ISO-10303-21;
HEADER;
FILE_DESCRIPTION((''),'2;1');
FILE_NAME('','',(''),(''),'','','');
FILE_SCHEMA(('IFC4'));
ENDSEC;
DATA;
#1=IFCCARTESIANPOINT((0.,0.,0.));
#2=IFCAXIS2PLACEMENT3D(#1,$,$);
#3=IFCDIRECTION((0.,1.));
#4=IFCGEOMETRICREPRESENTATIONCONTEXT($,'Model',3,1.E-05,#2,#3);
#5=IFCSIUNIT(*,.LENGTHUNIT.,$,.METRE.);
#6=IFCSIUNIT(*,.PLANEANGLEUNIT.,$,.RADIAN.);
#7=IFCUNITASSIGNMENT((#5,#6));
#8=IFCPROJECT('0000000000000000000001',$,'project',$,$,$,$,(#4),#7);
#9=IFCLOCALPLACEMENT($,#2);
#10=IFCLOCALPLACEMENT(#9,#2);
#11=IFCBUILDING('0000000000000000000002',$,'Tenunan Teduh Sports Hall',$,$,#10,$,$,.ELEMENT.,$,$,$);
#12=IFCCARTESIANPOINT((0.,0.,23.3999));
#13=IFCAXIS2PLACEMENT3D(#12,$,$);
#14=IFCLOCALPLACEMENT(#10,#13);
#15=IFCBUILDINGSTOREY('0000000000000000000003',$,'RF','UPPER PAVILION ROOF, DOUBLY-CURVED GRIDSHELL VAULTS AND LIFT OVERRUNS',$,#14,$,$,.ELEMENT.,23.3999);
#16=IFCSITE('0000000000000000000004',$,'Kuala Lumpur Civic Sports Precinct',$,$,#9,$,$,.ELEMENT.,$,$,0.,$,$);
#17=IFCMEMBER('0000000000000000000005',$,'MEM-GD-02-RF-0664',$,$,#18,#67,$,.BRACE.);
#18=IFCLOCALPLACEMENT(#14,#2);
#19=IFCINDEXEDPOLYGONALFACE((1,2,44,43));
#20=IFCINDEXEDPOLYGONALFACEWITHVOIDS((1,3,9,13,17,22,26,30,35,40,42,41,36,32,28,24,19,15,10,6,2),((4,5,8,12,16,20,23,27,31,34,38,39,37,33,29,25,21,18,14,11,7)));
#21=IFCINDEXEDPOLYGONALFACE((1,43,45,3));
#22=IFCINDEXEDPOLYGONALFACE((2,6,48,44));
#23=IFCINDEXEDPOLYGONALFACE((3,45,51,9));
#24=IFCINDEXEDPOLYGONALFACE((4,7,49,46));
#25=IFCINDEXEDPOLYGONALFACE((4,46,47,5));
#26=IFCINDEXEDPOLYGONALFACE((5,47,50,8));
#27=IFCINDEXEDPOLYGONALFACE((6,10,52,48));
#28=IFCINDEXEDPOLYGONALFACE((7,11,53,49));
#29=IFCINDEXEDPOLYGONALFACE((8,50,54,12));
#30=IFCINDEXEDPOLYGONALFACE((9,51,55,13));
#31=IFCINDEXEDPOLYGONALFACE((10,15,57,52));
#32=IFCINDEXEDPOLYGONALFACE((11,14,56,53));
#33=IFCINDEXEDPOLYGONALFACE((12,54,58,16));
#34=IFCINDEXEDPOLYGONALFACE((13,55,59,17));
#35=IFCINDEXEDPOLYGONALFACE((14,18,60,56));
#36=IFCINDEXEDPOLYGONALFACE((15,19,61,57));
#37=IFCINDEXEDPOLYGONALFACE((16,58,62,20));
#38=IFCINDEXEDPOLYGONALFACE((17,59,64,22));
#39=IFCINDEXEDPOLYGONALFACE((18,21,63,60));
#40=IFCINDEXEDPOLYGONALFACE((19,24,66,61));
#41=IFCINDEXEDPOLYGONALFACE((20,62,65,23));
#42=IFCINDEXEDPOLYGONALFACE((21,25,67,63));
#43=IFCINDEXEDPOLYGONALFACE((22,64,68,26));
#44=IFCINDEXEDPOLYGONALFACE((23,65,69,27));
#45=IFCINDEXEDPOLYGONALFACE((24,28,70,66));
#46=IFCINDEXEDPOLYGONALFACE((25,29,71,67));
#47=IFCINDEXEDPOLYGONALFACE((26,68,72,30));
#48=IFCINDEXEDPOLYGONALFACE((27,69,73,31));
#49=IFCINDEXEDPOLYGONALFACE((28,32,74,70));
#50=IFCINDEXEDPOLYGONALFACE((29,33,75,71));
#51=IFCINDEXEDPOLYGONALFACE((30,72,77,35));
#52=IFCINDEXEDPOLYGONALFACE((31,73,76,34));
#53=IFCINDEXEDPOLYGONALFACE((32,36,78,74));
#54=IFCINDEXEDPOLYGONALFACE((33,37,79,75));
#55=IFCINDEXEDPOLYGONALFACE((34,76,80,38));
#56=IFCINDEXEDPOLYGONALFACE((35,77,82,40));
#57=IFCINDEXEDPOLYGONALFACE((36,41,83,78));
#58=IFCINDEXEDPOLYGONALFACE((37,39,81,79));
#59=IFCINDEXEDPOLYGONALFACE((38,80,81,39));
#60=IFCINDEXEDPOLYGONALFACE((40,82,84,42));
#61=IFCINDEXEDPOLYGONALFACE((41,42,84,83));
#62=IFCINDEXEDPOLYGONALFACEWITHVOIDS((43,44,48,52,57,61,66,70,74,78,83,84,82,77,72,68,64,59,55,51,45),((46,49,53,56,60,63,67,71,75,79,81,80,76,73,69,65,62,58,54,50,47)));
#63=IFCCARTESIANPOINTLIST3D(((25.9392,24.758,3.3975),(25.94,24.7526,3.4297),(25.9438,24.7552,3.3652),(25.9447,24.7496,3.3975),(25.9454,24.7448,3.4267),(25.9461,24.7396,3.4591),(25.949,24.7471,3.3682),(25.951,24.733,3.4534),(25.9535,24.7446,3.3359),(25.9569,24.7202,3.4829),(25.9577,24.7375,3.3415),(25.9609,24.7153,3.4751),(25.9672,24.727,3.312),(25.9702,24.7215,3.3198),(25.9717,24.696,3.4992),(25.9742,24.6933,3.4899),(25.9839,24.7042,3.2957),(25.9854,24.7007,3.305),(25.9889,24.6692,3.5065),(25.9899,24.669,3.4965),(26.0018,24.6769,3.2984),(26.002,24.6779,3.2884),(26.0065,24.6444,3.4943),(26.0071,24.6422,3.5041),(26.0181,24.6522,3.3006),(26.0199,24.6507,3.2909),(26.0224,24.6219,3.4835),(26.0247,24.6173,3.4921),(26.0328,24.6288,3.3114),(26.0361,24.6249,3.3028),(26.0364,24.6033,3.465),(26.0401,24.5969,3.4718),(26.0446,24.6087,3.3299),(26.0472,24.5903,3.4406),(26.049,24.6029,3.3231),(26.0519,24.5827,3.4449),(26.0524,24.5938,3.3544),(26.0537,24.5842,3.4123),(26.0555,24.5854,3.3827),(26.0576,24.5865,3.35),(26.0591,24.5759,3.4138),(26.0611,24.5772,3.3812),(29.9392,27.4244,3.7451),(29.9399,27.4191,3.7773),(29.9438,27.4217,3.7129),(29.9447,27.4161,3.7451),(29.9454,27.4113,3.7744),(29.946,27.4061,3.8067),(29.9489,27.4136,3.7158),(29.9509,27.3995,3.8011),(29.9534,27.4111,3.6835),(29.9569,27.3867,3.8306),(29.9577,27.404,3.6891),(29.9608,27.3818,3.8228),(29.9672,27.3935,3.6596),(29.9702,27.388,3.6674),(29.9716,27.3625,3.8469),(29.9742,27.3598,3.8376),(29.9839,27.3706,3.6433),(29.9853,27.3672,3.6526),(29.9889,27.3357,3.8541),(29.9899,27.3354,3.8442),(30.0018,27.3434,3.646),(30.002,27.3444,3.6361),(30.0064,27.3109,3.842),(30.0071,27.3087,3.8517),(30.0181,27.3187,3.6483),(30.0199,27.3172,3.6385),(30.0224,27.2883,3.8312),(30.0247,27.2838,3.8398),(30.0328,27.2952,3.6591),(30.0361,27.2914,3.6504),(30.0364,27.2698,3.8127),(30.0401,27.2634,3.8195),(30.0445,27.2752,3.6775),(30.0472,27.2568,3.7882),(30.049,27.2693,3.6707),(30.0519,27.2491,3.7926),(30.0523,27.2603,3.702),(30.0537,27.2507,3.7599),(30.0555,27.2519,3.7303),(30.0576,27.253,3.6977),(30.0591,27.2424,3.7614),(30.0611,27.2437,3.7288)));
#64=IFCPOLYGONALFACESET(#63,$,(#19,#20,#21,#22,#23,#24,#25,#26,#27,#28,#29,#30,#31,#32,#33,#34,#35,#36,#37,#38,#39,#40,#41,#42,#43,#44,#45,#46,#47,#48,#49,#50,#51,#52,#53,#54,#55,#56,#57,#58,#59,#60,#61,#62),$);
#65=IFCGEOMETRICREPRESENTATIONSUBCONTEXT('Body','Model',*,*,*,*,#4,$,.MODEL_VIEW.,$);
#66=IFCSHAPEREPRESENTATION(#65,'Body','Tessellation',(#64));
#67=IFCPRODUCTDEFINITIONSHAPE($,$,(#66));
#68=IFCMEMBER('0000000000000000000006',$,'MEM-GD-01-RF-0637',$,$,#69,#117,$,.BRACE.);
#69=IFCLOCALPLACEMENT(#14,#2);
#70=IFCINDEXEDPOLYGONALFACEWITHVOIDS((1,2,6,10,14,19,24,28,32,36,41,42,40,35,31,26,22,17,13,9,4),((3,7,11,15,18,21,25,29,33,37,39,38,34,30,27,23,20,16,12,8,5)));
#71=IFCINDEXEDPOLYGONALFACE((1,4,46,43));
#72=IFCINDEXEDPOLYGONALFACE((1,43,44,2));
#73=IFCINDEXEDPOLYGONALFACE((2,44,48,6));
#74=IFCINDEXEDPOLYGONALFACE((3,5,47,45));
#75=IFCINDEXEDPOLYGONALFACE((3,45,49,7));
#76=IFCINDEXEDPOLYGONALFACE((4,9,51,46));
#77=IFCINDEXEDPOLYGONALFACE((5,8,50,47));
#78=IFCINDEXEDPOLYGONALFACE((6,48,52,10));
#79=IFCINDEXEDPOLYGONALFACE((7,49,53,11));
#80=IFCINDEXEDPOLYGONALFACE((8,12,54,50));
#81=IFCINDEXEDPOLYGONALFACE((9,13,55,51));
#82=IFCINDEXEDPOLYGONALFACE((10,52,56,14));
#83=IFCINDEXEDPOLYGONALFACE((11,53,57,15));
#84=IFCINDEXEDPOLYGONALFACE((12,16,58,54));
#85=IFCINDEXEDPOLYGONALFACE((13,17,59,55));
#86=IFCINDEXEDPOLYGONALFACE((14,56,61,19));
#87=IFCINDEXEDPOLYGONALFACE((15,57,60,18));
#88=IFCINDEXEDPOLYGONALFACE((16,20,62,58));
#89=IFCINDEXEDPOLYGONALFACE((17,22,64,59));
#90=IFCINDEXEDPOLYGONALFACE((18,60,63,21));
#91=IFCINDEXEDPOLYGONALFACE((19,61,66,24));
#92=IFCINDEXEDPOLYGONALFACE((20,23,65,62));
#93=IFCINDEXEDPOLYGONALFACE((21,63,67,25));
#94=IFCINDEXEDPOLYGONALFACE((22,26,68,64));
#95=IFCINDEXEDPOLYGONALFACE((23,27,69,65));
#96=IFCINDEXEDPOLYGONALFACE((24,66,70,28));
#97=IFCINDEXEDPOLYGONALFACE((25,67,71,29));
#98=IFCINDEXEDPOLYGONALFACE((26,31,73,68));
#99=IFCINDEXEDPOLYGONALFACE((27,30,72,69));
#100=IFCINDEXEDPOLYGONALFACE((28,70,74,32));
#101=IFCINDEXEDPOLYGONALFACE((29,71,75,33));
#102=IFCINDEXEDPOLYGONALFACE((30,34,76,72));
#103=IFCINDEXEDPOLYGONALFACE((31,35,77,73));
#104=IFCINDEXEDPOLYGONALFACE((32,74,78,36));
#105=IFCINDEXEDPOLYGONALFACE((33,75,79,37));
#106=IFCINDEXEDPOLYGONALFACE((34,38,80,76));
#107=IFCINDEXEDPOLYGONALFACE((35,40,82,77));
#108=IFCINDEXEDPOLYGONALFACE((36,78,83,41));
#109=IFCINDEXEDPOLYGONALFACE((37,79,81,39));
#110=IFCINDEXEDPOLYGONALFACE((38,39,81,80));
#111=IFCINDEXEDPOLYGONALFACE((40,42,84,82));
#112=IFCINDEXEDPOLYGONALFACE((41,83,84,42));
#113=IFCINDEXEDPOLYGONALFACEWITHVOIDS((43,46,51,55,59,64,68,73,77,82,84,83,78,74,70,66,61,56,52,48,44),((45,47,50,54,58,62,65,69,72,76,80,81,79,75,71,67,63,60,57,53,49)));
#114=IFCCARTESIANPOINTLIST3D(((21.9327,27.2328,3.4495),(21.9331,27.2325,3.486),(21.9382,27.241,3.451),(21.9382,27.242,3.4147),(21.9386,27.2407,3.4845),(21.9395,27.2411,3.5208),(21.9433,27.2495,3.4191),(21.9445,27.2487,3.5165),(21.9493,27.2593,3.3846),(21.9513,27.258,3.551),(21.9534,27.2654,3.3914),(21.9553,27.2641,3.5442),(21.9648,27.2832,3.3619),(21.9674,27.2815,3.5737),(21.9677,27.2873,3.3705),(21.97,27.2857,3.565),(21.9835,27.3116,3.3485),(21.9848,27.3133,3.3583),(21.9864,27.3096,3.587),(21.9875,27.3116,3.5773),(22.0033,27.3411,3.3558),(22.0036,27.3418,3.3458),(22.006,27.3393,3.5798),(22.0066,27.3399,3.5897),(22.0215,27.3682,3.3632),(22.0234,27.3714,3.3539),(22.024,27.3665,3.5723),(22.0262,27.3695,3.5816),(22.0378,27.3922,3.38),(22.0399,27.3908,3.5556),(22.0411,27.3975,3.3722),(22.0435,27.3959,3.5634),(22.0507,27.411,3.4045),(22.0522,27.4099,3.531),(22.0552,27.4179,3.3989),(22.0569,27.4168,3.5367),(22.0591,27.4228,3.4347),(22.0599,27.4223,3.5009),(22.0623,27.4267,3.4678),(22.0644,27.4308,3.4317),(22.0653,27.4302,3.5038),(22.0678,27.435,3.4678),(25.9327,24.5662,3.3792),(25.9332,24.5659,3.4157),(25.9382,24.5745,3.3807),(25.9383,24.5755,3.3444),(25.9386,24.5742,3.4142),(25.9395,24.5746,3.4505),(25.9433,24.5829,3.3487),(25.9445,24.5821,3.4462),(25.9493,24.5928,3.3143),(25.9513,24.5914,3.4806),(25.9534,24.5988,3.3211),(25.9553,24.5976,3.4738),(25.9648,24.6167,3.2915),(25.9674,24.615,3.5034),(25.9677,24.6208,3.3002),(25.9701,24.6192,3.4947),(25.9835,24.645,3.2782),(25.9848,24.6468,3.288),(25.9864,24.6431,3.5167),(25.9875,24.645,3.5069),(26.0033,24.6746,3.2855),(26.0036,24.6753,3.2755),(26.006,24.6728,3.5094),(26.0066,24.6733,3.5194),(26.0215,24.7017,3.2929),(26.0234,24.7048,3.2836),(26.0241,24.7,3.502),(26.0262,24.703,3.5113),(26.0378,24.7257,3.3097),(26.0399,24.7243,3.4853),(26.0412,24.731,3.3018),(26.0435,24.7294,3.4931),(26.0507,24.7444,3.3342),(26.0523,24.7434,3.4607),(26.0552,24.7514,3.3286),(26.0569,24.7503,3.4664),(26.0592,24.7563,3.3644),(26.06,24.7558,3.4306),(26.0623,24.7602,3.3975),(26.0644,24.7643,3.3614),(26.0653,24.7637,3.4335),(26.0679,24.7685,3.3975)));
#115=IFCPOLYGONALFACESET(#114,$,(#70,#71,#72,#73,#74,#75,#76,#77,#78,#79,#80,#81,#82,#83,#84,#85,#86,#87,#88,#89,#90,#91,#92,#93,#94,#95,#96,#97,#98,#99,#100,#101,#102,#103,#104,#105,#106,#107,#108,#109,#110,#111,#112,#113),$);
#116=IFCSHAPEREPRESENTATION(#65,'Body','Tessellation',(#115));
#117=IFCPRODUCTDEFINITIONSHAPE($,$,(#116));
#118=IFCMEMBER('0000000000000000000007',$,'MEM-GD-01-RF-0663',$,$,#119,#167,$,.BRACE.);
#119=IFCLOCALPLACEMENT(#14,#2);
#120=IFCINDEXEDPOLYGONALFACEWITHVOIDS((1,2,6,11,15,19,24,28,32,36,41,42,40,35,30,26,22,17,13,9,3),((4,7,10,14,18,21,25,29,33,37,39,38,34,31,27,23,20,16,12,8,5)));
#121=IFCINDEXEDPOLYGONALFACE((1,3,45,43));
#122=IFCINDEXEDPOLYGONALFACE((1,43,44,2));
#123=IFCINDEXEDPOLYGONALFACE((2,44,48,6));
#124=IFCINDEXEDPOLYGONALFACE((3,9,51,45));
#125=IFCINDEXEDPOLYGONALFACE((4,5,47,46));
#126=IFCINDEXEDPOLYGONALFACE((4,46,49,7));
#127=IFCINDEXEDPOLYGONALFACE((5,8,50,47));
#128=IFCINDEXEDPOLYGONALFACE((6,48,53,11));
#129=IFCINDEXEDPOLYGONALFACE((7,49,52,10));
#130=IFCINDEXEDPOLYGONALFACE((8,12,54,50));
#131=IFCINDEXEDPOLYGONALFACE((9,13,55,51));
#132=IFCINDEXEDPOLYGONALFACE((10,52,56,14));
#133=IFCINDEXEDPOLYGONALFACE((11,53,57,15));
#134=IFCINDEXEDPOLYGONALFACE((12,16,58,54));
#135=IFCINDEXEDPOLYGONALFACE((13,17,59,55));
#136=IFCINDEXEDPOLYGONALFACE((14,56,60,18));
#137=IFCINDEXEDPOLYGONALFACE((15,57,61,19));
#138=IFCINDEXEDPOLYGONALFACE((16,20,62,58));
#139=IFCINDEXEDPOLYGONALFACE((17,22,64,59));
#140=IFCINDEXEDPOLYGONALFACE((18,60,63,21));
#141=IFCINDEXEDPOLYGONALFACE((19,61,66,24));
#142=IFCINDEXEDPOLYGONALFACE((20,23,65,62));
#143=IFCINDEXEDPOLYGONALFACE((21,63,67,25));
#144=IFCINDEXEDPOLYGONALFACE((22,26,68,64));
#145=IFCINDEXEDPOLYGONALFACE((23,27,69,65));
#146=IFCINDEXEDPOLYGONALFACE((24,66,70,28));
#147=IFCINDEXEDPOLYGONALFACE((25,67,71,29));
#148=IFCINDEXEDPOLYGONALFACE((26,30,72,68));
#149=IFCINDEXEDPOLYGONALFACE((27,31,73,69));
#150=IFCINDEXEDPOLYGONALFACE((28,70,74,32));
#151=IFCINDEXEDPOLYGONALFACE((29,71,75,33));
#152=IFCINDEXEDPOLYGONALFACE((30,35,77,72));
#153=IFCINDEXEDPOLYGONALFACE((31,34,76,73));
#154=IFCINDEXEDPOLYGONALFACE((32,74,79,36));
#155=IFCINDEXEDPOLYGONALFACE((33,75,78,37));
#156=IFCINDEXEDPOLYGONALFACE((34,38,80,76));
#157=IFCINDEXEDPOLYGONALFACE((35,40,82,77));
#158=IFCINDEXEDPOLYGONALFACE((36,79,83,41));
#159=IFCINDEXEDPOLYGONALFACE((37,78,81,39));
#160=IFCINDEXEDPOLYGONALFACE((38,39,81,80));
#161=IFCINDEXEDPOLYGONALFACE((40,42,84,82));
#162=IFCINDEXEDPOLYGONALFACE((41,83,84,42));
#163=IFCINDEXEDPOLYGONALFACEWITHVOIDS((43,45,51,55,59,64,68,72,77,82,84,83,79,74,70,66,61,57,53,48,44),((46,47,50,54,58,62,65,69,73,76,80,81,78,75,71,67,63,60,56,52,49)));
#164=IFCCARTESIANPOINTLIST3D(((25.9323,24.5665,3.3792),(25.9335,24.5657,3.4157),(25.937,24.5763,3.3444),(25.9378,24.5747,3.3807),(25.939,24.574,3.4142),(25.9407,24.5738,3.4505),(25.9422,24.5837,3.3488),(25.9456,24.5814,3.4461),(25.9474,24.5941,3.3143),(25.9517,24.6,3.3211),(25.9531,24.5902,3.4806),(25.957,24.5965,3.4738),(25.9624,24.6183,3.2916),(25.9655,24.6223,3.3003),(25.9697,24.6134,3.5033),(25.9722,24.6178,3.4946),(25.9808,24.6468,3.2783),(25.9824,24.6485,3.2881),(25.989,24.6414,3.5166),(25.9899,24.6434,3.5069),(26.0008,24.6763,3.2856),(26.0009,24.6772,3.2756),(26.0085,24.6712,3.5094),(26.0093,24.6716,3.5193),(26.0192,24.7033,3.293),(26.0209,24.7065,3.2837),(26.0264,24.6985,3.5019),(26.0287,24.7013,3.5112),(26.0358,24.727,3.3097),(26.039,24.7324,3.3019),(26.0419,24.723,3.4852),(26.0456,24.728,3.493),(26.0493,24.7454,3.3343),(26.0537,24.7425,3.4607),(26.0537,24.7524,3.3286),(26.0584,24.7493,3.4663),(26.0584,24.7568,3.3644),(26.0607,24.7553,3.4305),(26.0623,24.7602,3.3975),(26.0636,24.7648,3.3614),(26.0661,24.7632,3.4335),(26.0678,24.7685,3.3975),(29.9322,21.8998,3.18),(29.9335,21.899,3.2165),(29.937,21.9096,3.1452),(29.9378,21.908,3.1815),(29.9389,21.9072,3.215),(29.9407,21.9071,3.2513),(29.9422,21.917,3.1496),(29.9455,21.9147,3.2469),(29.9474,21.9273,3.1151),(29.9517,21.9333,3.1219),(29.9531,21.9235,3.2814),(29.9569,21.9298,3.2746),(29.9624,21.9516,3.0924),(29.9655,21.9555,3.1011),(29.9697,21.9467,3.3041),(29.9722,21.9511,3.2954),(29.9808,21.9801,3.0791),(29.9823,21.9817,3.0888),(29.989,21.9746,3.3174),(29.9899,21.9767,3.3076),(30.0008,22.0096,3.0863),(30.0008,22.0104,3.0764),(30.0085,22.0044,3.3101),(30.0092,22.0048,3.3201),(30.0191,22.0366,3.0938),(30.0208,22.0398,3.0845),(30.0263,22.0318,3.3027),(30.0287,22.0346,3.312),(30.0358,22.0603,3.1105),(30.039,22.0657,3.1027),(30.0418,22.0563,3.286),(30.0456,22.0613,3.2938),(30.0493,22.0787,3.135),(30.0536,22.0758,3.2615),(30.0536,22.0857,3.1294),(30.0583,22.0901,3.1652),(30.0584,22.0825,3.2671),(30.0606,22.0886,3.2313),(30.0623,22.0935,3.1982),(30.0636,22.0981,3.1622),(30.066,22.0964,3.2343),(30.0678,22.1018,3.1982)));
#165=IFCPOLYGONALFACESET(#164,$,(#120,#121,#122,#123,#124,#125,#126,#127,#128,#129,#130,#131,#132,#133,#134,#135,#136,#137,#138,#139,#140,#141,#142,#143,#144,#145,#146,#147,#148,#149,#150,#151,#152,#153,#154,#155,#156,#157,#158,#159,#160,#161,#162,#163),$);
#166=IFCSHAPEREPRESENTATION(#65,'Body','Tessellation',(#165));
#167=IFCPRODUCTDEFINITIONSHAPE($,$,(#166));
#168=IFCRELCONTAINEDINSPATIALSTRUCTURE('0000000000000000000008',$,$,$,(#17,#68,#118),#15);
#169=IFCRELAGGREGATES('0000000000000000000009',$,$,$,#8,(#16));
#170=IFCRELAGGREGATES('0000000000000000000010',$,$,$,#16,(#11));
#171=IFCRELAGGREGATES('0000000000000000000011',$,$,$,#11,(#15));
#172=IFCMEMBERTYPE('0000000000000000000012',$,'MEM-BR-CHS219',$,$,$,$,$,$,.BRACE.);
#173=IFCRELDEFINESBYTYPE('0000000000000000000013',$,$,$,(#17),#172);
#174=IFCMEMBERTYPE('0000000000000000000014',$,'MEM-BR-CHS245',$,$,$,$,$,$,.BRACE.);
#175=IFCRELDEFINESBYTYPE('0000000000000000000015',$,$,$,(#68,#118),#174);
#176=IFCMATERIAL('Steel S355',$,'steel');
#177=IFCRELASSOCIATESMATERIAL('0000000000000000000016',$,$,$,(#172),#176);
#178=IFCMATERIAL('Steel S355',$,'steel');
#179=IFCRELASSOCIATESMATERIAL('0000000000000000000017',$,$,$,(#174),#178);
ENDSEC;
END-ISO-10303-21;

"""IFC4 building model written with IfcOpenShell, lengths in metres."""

from ifc_helpers import new_model, si_unit, direction, frame, origin, origin_2d, place, context, subcontext, project, spatial, hollow_circle, extrude, material, material_profile, profile_set, type_object, element, save


model = new_model("IFC4")

# Units and contexts
model_context = context("Model", 3, precision=1e-05, world=origin(), true_north=direction((0.0, 1.0)))
body_context = subcontext(model_context, "Body", "Model", "MODEL_VIEW")
ifc_project = project(units=[si_unit("LENGTHUNIT", "METRE"), si_unit("PLANEANGLEUNIT", "RADIAN")], contexts=[model_context])

# Site, building, storey
site_placement = place(None, origin())
site = spatial("IfcSite", under=ifc_project, at=site_placement, Name="Kuala Lumpur Civic Sports Precinct", CompositionType="ELEMENT", RefElevation=0.0)
building_placement = place(site_placement, origin())
building = spatial("IfcBuilding", under=site, at=building_placement, Name="Tenunan Teduh Sports Hall", CompositionType="ELEMENT")
storey_placement = place(building_placement, frame((0.0, 0.0, 23.3999)))
storey = spatial("IfcBuildingStorey", under=building, at=storey_placement, Name="RF", Description="UPPER PAVILION ROOF, DOUBLY-CURVED GRIDSHELL VAULTS AND LIFT OVERRUNS", CompositionType="ELEMENT", Elevation=23.3999)

# Members
ifc_material_1 = material(Name="Steel S355", Category="steel")
ifc_material_profile_1 = material_profile(ifc_material_1, hollow_circle(Radius=0.1096, WallThickness=0.01, at=origin_2d()), Name="CHS 219.1x10.0")
ifc_profile_set_1 = profile_set([ifc_material_profile_1], Name="Steel S355")
member_type_1 = type_object("IfcMemberType", Name="MEM-BR-CHS219", PredefinedType="BRACE", material=ifc_profile_set_1)
member_1_placement = place(storey_placement, frame((26.0, 24.6667, 3.3975), z_axis=(0.829899, 0.553232, 0.07213), x_axis=(-0.554677, 0.832066, 0.0)))
element("IfcMember", 1, at=member_1_placement, inside=storey, type_object=member_type_1, Name="MEM-GD-02-RF-0664", PredefinedType="BRACE", context=body_context, shape_type="SweptSolid", body=[
    extrude(hollow_circle(Radius=0.1096, WallThickness=0.01, at=origin_2d()), origin(), (0.0, 0.0, 1.0), 4.8198),
])
ifc_material_2 = material(Name="Steel S355", Category="steel")
ifc_material_profile_2 = material_profile(ifc_material_2, hollow_circle(Radius=0.1223, WallThickness=0.01, at=origin_2d()), Name="CHS 244.5x10.0")
ifc_profile_set_2 = profile_set([ifc_material_profile_2], Name="Steel S355")
member_type_2 = type_object("IfcMemberType", Name="MEM-BR-CHS245", PredefinedType="BRACE", material=ifc_profile_set_2)
member_2_placement = place(storey_placement, frame((22.0, 27.3333, 3.4678), z_axis=(0.831977, -0.554617, -0.014625), x_axis=(0.554677, 0.832066, 0.0)))
element("IfcMember", 2, at=member_2_placement, inside=storey, type_object=member_type_2, Name="MEM-GD-01-RF-0637", PredefinedType="BRACE", context=body_context, shape_type="SweptSolid", body=[
    extrude(hollow_circle(Radius=0.1223, WallThickness=0.01, at=origin_2d()), origin(), (0.0, 0.0, 1.0), 4.8079),
])
member_3_placement = place(storey_placement, frame((26.0, 24.6667, 3.3975), z_axis=(0.831329, -0.554236, -0.041404), x_axis=(0.554712, 0.832042, 0.0)))
element("IfcMember", 3, at=member_3_placement, inside=storey, type_object=member_type_2, Name="MEM-GD-01-RF-0663", PredefinedType="BRACE", context=body_context, shape_type="SweptSolid", body=[
    extrude(hollow_circle(Radius=0.1223, WallThickness=0.01, at=origin_2d()), origin(), (0.0, 0.0, 1.0), 4.8115),
])

save(model, "model.ifc")
